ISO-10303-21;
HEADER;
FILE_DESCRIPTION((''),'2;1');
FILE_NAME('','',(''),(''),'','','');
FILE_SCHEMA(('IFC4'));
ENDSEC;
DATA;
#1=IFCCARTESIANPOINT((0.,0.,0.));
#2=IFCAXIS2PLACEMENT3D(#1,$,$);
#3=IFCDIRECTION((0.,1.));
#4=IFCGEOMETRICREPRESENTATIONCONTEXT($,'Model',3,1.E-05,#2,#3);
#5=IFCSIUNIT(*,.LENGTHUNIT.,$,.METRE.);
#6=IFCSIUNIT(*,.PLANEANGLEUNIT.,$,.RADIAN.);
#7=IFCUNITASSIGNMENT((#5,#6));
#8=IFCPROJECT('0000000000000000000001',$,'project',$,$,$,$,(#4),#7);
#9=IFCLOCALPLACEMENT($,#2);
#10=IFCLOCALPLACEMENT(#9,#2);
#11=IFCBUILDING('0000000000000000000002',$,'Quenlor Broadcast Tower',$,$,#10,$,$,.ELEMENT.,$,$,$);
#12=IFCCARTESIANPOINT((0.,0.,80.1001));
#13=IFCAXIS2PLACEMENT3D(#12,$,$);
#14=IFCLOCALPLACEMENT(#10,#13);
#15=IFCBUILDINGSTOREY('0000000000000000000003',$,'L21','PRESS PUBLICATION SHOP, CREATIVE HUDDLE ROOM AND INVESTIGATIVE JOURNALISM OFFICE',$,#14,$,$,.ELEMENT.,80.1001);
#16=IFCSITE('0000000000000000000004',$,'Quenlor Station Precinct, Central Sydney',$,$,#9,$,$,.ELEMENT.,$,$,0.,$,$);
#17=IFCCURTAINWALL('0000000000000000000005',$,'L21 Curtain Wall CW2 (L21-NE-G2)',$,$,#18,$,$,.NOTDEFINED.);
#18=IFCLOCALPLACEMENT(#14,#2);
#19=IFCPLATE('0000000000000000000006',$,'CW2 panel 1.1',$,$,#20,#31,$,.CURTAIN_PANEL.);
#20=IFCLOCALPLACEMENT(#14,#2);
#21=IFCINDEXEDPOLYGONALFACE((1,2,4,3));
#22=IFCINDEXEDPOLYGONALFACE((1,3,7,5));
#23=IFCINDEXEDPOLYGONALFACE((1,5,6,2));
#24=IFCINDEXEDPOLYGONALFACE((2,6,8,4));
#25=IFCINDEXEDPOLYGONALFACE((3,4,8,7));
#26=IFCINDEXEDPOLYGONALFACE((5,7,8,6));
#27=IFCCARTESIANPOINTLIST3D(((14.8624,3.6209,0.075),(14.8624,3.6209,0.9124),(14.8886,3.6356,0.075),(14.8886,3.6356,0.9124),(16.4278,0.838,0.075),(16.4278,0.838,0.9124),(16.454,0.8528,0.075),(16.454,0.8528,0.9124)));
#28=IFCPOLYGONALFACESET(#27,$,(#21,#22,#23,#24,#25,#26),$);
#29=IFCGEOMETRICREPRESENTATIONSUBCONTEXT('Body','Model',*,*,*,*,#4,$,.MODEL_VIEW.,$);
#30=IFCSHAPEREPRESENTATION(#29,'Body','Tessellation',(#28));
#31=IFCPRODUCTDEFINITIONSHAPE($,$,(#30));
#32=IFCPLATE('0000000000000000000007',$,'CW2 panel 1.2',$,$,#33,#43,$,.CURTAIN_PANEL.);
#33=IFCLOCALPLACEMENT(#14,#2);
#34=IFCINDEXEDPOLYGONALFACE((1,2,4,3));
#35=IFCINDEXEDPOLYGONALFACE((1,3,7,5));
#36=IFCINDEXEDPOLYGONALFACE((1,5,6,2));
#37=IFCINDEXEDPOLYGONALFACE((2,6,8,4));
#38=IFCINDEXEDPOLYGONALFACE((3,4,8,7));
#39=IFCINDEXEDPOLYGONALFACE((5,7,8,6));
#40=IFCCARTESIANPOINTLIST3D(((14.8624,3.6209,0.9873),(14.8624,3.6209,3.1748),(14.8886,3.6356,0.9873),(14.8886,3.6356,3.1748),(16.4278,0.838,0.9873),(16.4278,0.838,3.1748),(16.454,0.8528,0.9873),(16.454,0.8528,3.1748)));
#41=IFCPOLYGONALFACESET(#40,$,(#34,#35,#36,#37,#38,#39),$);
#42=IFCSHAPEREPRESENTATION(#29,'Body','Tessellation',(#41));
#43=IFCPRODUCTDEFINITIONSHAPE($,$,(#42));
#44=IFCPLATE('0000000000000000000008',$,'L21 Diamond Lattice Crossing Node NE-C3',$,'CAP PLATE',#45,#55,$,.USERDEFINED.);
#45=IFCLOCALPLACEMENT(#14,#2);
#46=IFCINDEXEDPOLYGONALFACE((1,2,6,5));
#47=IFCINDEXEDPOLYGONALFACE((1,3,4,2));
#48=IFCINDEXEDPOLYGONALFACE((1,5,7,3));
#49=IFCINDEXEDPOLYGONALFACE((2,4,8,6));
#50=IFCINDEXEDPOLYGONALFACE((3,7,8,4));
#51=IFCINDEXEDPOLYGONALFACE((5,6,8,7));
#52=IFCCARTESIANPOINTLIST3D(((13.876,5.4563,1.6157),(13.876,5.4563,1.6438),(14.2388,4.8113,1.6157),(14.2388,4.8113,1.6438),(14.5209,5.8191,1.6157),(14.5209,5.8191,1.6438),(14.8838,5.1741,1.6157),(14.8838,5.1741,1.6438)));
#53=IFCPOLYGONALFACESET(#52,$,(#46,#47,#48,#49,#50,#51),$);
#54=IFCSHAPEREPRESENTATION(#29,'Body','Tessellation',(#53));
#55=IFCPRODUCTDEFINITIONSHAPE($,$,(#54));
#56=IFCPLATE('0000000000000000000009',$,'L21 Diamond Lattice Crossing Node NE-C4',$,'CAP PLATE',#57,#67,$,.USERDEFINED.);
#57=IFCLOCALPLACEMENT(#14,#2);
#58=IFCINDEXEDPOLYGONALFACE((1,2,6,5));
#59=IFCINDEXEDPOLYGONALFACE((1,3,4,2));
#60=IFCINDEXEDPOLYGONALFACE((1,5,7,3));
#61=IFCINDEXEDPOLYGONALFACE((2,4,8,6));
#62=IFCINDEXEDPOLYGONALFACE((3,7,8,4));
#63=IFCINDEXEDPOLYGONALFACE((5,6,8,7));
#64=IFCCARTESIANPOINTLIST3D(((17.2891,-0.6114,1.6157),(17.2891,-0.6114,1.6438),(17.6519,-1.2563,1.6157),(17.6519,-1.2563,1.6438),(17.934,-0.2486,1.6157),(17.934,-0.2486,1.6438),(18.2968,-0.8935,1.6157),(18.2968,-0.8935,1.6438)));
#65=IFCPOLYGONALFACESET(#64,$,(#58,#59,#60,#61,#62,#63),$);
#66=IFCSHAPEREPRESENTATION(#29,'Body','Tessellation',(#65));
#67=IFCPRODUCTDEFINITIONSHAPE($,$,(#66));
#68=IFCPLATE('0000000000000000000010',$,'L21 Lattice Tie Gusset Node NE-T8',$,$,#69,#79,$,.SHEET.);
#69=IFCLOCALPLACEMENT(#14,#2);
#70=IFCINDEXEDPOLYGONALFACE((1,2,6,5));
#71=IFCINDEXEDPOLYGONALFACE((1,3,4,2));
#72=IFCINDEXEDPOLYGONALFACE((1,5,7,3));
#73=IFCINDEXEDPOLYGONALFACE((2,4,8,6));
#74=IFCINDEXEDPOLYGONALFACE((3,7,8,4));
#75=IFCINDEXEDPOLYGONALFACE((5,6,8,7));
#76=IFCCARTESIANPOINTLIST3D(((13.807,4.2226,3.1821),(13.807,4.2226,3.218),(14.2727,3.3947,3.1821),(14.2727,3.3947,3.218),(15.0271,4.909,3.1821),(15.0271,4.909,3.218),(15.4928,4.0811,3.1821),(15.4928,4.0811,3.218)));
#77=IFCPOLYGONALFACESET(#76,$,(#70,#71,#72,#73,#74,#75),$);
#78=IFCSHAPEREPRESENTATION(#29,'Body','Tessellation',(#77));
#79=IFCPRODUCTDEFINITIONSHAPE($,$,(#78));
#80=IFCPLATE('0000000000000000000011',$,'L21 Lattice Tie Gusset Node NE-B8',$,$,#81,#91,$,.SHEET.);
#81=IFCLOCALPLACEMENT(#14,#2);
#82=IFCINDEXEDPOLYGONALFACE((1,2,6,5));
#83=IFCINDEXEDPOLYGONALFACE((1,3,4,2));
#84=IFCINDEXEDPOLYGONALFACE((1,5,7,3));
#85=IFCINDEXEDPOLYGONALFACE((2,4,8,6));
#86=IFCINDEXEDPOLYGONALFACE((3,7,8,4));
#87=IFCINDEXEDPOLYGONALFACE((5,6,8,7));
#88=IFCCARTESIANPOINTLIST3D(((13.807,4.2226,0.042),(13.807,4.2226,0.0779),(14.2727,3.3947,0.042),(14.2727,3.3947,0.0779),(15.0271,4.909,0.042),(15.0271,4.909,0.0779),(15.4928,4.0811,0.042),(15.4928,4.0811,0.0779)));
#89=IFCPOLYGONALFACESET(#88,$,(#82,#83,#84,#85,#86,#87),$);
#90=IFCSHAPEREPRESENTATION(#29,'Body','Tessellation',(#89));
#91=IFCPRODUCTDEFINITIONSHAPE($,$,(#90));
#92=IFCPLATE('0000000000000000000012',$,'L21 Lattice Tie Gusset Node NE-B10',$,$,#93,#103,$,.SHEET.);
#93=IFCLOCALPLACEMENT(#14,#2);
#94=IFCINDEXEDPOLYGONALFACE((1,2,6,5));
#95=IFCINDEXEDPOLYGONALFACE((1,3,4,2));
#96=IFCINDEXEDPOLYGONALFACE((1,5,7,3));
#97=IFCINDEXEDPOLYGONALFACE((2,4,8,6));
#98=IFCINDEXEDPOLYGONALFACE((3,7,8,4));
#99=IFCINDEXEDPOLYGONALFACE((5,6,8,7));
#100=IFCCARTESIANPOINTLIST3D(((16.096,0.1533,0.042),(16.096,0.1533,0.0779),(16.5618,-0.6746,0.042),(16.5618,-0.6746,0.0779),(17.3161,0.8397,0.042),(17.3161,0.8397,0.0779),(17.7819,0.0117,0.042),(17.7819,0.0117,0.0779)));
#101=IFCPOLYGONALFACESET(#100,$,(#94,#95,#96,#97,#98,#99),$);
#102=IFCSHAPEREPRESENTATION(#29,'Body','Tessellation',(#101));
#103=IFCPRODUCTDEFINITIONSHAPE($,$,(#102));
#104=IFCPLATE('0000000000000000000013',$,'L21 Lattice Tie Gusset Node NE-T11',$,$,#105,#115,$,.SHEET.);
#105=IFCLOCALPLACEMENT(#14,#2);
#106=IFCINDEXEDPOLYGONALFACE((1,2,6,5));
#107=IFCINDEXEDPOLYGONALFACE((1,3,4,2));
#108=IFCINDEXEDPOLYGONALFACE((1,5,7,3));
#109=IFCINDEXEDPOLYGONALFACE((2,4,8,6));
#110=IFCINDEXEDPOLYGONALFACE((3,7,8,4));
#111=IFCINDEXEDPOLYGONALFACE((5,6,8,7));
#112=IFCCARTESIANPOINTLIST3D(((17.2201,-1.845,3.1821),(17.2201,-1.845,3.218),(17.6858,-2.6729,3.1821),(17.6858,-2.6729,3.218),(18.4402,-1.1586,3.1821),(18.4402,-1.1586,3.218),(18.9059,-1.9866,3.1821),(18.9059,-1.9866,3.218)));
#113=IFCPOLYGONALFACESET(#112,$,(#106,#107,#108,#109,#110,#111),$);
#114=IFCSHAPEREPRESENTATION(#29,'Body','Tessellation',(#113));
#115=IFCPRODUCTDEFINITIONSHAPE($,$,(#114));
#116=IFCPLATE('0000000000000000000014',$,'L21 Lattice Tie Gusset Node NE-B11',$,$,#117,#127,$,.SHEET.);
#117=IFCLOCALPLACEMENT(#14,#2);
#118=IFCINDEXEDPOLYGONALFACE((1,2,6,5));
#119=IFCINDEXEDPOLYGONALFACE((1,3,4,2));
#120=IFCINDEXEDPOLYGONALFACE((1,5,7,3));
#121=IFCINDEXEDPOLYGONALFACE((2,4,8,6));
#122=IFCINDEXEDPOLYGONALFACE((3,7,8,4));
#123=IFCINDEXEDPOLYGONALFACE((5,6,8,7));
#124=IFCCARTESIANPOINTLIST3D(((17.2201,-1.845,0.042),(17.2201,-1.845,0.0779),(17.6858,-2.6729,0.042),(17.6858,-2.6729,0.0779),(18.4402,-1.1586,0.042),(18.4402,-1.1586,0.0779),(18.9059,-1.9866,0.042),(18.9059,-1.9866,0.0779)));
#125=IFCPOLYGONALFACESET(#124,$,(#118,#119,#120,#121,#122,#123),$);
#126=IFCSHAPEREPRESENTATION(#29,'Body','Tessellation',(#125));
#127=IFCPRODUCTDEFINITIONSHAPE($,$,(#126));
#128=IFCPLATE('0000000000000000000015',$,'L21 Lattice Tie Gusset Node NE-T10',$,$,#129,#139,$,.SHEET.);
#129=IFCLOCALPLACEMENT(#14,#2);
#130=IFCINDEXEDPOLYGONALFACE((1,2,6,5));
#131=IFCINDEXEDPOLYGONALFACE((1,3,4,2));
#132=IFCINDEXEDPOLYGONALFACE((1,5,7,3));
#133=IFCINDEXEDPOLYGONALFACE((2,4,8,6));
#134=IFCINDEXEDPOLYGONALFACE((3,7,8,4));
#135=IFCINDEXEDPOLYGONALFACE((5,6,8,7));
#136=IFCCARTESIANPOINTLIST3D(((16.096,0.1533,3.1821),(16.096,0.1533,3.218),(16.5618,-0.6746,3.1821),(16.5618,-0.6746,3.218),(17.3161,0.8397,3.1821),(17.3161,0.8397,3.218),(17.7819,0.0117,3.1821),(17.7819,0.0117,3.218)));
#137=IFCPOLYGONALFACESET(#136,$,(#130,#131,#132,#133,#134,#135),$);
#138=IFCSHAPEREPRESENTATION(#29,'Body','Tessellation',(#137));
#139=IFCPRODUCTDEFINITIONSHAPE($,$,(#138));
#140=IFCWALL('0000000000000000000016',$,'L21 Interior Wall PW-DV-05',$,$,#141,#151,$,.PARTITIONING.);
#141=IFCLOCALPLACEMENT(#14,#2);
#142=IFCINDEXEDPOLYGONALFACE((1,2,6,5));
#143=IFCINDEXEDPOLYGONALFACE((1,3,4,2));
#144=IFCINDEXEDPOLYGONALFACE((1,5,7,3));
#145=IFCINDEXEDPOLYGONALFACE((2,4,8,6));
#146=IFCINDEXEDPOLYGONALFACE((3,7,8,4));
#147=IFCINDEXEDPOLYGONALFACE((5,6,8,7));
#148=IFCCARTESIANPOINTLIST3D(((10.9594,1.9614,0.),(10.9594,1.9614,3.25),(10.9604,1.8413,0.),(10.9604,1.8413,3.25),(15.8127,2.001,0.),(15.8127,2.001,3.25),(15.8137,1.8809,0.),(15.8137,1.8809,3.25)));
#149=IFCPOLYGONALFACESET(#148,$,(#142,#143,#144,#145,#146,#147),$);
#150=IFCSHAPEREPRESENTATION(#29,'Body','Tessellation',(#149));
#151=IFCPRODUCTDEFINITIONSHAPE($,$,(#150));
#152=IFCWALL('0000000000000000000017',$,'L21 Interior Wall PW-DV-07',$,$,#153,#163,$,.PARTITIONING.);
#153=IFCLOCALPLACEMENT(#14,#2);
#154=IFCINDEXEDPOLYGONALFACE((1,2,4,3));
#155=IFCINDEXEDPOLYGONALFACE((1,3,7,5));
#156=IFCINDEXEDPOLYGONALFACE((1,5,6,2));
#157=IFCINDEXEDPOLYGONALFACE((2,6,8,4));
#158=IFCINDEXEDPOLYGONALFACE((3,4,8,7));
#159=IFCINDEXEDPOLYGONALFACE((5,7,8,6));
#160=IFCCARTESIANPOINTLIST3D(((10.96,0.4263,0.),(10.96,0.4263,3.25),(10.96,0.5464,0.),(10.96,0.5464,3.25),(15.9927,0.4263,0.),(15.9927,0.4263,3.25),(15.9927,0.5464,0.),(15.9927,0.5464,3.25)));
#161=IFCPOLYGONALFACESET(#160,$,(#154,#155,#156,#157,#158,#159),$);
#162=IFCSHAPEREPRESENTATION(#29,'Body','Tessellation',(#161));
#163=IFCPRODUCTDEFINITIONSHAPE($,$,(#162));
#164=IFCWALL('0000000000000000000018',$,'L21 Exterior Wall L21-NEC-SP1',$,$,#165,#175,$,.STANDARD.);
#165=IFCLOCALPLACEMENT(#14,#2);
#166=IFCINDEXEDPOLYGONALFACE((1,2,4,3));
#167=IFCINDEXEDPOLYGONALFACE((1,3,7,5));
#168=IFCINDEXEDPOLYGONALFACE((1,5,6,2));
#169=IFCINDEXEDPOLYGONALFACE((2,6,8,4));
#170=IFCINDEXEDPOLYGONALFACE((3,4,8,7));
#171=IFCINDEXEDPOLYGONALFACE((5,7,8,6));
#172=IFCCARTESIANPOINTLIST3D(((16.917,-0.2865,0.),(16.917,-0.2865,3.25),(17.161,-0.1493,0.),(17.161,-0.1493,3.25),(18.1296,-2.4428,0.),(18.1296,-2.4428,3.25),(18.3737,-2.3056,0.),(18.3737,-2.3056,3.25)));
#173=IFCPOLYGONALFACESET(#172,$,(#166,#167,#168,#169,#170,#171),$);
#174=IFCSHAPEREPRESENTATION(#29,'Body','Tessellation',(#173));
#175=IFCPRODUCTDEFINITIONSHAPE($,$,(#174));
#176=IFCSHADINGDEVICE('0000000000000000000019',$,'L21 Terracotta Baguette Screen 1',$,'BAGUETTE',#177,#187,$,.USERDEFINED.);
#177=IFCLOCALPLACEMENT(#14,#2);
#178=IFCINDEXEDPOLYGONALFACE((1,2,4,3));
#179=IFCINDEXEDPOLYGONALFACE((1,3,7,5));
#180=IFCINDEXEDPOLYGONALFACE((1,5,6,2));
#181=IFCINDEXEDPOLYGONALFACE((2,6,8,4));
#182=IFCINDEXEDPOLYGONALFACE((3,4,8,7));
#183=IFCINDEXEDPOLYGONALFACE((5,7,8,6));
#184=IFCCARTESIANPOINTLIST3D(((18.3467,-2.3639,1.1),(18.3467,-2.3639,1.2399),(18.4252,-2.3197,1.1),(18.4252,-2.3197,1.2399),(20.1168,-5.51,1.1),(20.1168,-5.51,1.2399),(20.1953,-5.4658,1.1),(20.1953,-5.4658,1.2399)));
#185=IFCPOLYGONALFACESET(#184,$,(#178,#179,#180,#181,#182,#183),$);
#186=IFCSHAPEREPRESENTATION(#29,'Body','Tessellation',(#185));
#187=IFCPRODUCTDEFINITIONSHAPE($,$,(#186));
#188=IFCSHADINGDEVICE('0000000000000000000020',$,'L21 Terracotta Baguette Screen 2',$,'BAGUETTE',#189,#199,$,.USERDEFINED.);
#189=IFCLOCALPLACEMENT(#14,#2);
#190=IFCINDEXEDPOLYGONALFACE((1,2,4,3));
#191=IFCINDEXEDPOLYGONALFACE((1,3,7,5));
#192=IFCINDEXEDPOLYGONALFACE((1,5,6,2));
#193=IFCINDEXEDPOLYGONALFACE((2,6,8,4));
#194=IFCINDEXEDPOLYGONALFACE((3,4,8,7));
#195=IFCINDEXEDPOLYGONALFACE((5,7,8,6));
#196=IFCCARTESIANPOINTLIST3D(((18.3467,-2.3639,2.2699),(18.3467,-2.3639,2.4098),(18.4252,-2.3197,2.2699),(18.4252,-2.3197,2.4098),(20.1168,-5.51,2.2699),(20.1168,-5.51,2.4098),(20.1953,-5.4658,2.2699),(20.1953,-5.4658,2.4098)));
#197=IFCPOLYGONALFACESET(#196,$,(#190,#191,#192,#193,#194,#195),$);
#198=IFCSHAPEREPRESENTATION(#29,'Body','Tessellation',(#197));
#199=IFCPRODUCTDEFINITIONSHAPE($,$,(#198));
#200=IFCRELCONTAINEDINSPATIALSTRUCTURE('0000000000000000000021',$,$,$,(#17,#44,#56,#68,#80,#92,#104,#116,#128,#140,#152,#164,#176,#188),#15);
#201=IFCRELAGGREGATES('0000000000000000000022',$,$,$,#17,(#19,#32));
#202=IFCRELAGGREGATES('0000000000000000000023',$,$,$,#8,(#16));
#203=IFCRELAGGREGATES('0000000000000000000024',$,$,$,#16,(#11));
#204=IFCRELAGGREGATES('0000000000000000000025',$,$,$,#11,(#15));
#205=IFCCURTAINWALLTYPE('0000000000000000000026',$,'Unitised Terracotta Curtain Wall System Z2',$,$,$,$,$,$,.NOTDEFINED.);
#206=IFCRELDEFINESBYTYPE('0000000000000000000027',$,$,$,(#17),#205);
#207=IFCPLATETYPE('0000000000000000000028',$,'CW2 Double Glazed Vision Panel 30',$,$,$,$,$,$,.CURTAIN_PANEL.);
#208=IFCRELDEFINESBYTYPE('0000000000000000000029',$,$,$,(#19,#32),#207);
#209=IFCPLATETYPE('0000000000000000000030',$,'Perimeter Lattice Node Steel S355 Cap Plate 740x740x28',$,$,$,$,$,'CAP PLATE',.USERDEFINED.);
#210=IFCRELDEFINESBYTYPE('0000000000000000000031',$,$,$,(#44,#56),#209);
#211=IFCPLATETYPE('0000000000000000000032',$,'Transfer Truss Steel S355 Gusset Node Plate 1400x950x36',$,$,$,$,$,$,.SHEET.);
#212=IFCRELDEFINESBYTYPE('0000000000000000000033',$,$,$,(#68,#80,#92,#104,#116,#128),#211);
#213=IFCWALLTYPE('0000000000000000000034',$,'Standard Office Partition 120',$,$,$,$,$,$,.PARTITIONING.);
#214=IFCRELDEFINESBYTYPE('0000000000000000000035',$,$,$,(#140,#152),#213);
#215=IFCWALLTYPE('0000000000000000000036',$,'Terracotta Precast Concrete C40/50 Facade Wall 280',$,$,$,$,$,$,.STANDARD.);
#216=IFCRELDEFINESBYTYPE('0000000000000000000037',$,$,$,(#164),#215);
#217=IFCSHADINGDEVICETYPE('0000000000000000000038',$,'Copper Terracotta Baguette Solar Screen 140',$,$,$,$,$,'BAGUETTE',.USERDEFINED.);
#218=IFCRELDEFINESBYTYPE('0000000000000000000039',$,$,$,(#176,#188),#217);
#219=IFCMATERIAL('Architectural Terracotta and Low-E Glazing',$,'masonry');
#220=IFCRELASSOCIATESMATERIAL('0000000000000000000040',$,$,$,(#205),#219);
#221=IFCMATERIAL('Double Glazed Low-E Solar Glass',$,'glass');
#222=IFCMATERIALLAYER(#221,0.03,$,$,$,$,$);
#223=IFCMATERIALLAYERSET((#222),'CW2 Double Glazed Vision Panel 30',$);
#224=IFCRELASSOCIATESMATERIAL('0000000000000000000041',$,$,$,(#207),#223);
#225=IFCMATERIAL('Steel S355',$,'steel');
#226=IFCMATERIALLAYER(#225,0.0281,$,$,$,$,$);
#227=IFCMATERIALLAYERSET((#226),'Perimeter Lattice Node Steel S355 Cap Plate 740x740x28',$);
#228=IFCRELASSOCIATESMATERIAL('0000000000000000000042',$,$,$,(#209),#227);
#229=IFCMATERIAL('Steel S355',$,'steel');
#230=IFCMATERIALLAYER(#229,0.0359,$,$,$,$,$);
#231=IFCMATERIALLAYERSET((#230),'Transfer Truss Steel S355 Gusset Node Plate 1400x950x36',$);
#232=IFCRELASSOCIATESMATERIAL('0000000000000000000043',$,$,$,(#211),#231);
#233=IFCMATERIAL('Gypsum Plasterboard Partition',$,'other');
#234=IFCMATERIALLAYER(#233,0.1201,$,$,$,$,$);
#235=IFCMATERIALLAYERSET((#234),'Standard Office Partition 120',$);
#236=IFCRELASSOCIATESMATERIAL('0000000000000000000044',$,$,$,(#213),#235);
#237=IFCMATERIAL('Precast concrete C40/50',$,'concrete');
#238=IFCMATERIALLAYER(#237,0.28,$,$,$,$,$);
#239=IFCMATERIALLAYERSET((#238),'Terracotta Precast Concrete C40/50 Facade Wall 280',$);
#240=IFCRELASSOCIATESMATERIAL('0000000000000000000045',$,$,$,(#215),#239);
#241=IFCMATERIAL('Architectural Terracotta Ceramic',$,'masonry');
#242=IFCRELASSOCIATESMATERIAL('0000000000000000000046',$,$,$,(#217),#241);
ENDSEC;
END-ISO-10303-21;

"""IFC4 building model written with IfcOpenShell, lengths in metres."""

from ifc_helpers import new_model, si_unit, direction, frame, frame_2d, origin, origin_2d, place, context, subcontext, project, spatial, rectangle, extrude, material, layer, layer_set, material_profile, profile_set, type_object, element, aggregate, save


model = new_model("IFC4")

# Units and contexts
model_context = context("Model", 3, precision=1e-05, world=origin(), true_north=direction((0.0, 1.0)))
body_context = subcontext(model_context, "Body", "Model", "MODEL_VIEW")
ifc_project = project(units=[si_unit("LENGTHUNIT", "METRE"), si_unit("PLANEANGLEUNIT", "RADIAN")], contexts=[model_context])

# Site, building, storey
site_placement = place(None, origin())
site = spatial("IfcSite", under=ifc_project, at=site_placement, Name="Quenlor Station Precinct, Central Sydney", CompositionType="ELEMENT", RefElevation=0.0)
building_placement = place(site_placement, origin())
building = spatial("IfcBuilding", under=site, at=building_placement, Name="Quenlor Broadcast Tower", CompositionType="ELEMENT")
storey_placement = place(building_placement, frame((0.0, 0.0, 80.1001)))
storey = spatial("IfcBuildingStorey", under=building, at=storey_placement, Name="L21", Description="PRESS PUBLICATION SHOP, CREATIVE HUDDLE ROOM AND INVESTIGATIVE JOURNALISM OFFICE", CompositionType="ELEMENT", Elevation=80.1001)

# Curtain wall
ifc_material_1 = material(Name="Architectural Terracotta and Low-E Glazing", Category="masonry")
curtain_wall_type = type_object("IfcCurtainWallType", Name="Unitised Terracotta Curtain Wall System Z2", PredefinedType="NOTDEFINED", material=ifc_material_1)
curtain_wall_placement = place(storey_placement, origin())
curtain_wall = element("IfcCurtainWall", 1, at=curtain_wall_placement, inside=storey, type_object=curtain_wall_type, Name="L21 Curtain Wall CW2 (L21-NE-G2)", PredefinedType="NOTDEFINED")

# Plates
ifc_material_2 = material(Name="Double Glazed Low-E Solar Glass", Category="glass")
ifc_layer_1 = layer(ifc_material_2, 0.03)
ifc_layer_set_1 = layer_set([ifc_layer_1], Name="CW2 Double Glazed Vision Panel 30")
plate_type_1 = type_object("IfcPlateType", Name="CW2 Double Glazed Vision Panel 30", PredefinedType="CURTAIN_PANEL", material=ifc_layer_set_1)
plate_1_placement = place(storey_placement, frame((15.6582, 2.2368, 0.075), z_axis=(0.0, 0.0, 1.0), x_axis=(0.490261, -0.871576, 0.0)))
plate_1 = element("IfcPlate", 2, at=plate_1_placement, type_object=plate_type_1, Name="CW2 panel 1.1", PredefinedType="CURTAIN_PANEL", context=body_context, shape_type="SweptSolid", body=[
    extrude(rectangle(XDim=3.1929, YDim=0.03, at=origin_2d()), origin(), (0.0, 0.0, 1.0), 0.8374),
])
plate_2_placement = place(storey_placement, frame((15.6582, 2.2368, 0.9873), z_axis=(0.0, 0.0, 1.0), x_axis=(0.490261, -0.871576, 0.0)))
plate_2 = element("IfcPlate", 3, at=plate_2_placement, type_object=plate_type_1, Name="CW2 panel 1.2", PredefinedType="CURTAIN_PANEL", context=body_context, shape_type="SweptSolid", body=[
    extrude(rectangle(XDim=3.1929, YDim=0.03, at=origin_2d()), origin(), (0.0, 0.0, 1.0), 2.1875),
])
aggregate(curtain_wall, [plate_1, plate_2])

# Plates
ifc_material_3 = material(Name="Steel S355", Category="steel")
ifc_layer_2 = layer(ifc_material_3, 0.0281)
ifc_layer_set_2 = layer_set([ifc_layer_2], Name="Perimeter Lattice Node Steel S355 Cap Plate 740x740x28")
plate_type_2 = type_object("IfcPlateType", Name="Perimeter Lattice Node Steel S355 Cap Plate 740x740x28", ElementType="CAP PLATE", PredefinedType="USERDEFINED", material=ifc_layer_set_2)
for number, where, z_axis, x_axis, name in (
    (4, (14.3799, 5.3152, 1.6157), (0.0, 0.0, 1.0), (0.490295, -0.871556, 0.0), "L21 Diamond Lattice Crossing Node NE-C3"),
    (5, (17.793, -0.7524, 1.6157), (0.0, 0.0, 1.0), (0.490295, -0.871556, 0.0), "L21 Diamond Lattice Crossing Node NE-C4"),
):
    element("IfcPlate", number, at=place(storey_placement, frame(where, z_axis=z_axis, x_axis=x_axis)), inside=storey, type_object=plate_type_2, Name=name, ObjectType="CAP PLATE", PredefinedType="USERDEFINED", context=body_context, shape_type="SweptSolid", body=[
        extrude(rectangle(XDim=0.74, YDim=0.74, at=origin_2d()), origin(), (0.0, 0.0, 1.0), 0.0281),
    ])
ifc_material_4 = material(Name="Steel S355", Category="steel")
ifc_layer_3 = layer(ifc_material_4, 0.0359)
ifc_layer_set_3 = layer_set([ifc_layer_3], Name="Transfer Truss Steel S355 Gusset Node Plate 1400x950x36")
plate_type_3 = type_object("IfcPlateType", Name="Transfer Truss Steel S355 Gusset Node Plate 1400x950x36", PredefinedType="SHEET", material=ifc_layer_set_3)
for number, where, z_axis, x_axis, name in (
    (6, (14.6499, 4.1519, 3.1821), (0.0, 0.0, 1.0), (0.871556, 0.490295, 0.0), "L21 Lattice Tie Gusset Node NE-T8"),
    (7, (14.6499, 4.1519, 0.042), (0.0, 0.0, 1.0), (0.871556, 0.490295, 0.0), "L21 Lattice Tie Gusset Node NE-B8"),
    (8, (16.939, 0.0825, 0.042), (0.0, 0.0, 1.0), (0.871556, 0.490295, 0.0), "L21 Lattice Tie Gusset Node NE-B10"),
    (9, (18.063, -1.9158, 3.1821), (0.0, 0.0, 1.0), (0.871556, 0.490295, 0.0), "L21 Lattice Tie Gusset Node NE-T11"),
    (10, (18.063, -1.9158, 0.042), (0.0, 0.0, 1.0), (0.871556, 0.490295, 0.0), "L21 Lattice Tie Gusset Node NE-B11"),
    (11, (16.939, 0.0825, 3.1821), (0.0, 0.0, 1.0), (0.871556, 0.490295, 0.0), "L21 Lattice Tie Gusset Node NE-T10"),
):
    element("IfcPlate", number, at=place(storey_placement, frame(where, z_axis=z_axis, x_axis=x_axis)), inside=storey, type_object=plate_type_3, Name=name, PredefinedType="SHEET", context=body_context, shape_type="SweptSolid", body=[
        extrude(rectangle(XDim=1.3999, YDim=0.95, at=origin_2d()), origin(), (0.0, 0.0, 1.0), 0.0359),
    ])

# Walls
ifc_material_5 = material(Name="Gypsum Plasterboard Partition", Category="other")
ifc_layer_4 = layer(ifc_material_5, 0.1201)
ifc_layer_set_4 = layer_set([ifc_layer_4], Name="Standard Office Partition 120")
wall_type_1 = type_object("IfcWallType", Name="Standard Office Partition 120", PredefinedType="PARTITIONING", material=ifc_layer_set_4)
wall_1_placement = place(storey_placement, frame((15.8132, 1.9409, 0.0), z_axis=(0.0, 0.0, 1.0), x_axis=(-0.999967, -0.008149, 0.0)))
element("IfcWall", 12, at=wall_1_placement, inside=storey, type_object=wall_type_1, Name="L21 Interior Wall PW-DV-05", PredefinedType="PARTITIONING", context=body_context, shape_type="SweptSolid", body=[
    extrude(rectangle(XDim=4.8535, YDim=0.1201, at=frame_2d((2.4268, 0.0))), origin(), (0.0, 0.0, 1.0), 3.25),
])
wall_2_placement = place(storey_placement, frame((15.9927, 0.4863, 0.0), z_axis=(0.0, 0.0, 1.0), x_axis=(-1.0, 0.0, 0.0)))
element("IfcWall", 13, at=wall_2_placement, inside=storey, type_object=wall_type_1, Name="L21 Interior Wall PW-DV-07", PredefinedType="PARTITIONING", context=body_context, shape_type="SweptSolid", body=[
    extrude(rectangle(XDim=5.0327, YDim=0.1201, at=frame_2d((2.5164, 0.0))), origin(), (0.0, 0.0, 1.0), 3.25),
])
ifc_material_6 = material(Name="Precast concrete C40/50", Category="concrete")
ifc_layer_5 = layer(ifc_material_6, 0.28)
ifc_layer_set_5 = layer_set([ifc_layer_5], Name="Terracotta Precast Concrete C40/50 Facade Wall 280")
wall_type_2 = type_object("IfcWallType", Name="Terracotta Precast Concrete C40/50 Facade Wall 280", PredefinedType="STANDARD", material=ifc_layer_set_5)
wall_3_placement = place(storey_placement, frame((17.0391, -0.218, 0.0), z_axis=(0.0, 0.0, 1.0), x_axis=(0.490186, -0.871618, 0.0)))
element("IfcWall", 14, at=wall_3_placement, inside=storey, type_object=wall_type_2, Name="L21 Exterior Wall L21-NEC-SP1", PredefinedType="STANDARD", context=body_context, shape_type="SweptSolid", body=[
    extrude(rectangle(XDim=2.4739, YDim=0.28, at=frame_2d((1.2368, 0.0))), origin(), (0.0, 0.0, 1.0), 3.25),
])

# Shading devices
ifc_material_7 = material(Name="Architectural Terracotta Ceramic", Category="masonry")
ifc_material_profile_1 = material_profile(ifc_material_7, rectangle(XDim=0.0901, YDim=0.1399, at=origin_2d()))
ifc_profile_set_1 = profile_set([ifc_material_profile_1], Name="Architectural Terracotta Ceramic BAG90x140")
shading_device_type = type_object("IfcShadingDeviceType", Name="Copper Terracotta Baguette Solar Screen 140", ElementType="BAGUETTE", PredefinedType="USERDEFINED", material=ifc_profile_set_1)
for number, where, z_axis, x_axis, name in (
    (15, (18.386, -2.3418, 1.1699), (0.490345, -0.871529, 0.0), (0.871529, 0.490345, 0.0), "L21 Terracotta Baguette Screen 1"),
    (16, (18.386, -2.3418, 2.3398), (0.490345, -0.871529, 0.0), (0.871529, 0.490345, 0.0), "L21 Terracotta Baguette Screen 2"),
):
    element("IfcShadingDevice", number, at=place(storey_placement, frame(where, z_axis=z_axis, x_axis=x_axis)), inside=storey, type_object=shading_device_type, Name=name, ObjectType="BAGUETTE", PredefinedType="USERDEFINED", context=body_context, shape_type="SweptSolid", body=[
        extrude(rectangle(XDim=0.0901, YDim=0.1399, at=origin_2d()), origin(), (0.0, 0.0, 1.0), 3.6099),
    ])

save(model, "model.ifc")
